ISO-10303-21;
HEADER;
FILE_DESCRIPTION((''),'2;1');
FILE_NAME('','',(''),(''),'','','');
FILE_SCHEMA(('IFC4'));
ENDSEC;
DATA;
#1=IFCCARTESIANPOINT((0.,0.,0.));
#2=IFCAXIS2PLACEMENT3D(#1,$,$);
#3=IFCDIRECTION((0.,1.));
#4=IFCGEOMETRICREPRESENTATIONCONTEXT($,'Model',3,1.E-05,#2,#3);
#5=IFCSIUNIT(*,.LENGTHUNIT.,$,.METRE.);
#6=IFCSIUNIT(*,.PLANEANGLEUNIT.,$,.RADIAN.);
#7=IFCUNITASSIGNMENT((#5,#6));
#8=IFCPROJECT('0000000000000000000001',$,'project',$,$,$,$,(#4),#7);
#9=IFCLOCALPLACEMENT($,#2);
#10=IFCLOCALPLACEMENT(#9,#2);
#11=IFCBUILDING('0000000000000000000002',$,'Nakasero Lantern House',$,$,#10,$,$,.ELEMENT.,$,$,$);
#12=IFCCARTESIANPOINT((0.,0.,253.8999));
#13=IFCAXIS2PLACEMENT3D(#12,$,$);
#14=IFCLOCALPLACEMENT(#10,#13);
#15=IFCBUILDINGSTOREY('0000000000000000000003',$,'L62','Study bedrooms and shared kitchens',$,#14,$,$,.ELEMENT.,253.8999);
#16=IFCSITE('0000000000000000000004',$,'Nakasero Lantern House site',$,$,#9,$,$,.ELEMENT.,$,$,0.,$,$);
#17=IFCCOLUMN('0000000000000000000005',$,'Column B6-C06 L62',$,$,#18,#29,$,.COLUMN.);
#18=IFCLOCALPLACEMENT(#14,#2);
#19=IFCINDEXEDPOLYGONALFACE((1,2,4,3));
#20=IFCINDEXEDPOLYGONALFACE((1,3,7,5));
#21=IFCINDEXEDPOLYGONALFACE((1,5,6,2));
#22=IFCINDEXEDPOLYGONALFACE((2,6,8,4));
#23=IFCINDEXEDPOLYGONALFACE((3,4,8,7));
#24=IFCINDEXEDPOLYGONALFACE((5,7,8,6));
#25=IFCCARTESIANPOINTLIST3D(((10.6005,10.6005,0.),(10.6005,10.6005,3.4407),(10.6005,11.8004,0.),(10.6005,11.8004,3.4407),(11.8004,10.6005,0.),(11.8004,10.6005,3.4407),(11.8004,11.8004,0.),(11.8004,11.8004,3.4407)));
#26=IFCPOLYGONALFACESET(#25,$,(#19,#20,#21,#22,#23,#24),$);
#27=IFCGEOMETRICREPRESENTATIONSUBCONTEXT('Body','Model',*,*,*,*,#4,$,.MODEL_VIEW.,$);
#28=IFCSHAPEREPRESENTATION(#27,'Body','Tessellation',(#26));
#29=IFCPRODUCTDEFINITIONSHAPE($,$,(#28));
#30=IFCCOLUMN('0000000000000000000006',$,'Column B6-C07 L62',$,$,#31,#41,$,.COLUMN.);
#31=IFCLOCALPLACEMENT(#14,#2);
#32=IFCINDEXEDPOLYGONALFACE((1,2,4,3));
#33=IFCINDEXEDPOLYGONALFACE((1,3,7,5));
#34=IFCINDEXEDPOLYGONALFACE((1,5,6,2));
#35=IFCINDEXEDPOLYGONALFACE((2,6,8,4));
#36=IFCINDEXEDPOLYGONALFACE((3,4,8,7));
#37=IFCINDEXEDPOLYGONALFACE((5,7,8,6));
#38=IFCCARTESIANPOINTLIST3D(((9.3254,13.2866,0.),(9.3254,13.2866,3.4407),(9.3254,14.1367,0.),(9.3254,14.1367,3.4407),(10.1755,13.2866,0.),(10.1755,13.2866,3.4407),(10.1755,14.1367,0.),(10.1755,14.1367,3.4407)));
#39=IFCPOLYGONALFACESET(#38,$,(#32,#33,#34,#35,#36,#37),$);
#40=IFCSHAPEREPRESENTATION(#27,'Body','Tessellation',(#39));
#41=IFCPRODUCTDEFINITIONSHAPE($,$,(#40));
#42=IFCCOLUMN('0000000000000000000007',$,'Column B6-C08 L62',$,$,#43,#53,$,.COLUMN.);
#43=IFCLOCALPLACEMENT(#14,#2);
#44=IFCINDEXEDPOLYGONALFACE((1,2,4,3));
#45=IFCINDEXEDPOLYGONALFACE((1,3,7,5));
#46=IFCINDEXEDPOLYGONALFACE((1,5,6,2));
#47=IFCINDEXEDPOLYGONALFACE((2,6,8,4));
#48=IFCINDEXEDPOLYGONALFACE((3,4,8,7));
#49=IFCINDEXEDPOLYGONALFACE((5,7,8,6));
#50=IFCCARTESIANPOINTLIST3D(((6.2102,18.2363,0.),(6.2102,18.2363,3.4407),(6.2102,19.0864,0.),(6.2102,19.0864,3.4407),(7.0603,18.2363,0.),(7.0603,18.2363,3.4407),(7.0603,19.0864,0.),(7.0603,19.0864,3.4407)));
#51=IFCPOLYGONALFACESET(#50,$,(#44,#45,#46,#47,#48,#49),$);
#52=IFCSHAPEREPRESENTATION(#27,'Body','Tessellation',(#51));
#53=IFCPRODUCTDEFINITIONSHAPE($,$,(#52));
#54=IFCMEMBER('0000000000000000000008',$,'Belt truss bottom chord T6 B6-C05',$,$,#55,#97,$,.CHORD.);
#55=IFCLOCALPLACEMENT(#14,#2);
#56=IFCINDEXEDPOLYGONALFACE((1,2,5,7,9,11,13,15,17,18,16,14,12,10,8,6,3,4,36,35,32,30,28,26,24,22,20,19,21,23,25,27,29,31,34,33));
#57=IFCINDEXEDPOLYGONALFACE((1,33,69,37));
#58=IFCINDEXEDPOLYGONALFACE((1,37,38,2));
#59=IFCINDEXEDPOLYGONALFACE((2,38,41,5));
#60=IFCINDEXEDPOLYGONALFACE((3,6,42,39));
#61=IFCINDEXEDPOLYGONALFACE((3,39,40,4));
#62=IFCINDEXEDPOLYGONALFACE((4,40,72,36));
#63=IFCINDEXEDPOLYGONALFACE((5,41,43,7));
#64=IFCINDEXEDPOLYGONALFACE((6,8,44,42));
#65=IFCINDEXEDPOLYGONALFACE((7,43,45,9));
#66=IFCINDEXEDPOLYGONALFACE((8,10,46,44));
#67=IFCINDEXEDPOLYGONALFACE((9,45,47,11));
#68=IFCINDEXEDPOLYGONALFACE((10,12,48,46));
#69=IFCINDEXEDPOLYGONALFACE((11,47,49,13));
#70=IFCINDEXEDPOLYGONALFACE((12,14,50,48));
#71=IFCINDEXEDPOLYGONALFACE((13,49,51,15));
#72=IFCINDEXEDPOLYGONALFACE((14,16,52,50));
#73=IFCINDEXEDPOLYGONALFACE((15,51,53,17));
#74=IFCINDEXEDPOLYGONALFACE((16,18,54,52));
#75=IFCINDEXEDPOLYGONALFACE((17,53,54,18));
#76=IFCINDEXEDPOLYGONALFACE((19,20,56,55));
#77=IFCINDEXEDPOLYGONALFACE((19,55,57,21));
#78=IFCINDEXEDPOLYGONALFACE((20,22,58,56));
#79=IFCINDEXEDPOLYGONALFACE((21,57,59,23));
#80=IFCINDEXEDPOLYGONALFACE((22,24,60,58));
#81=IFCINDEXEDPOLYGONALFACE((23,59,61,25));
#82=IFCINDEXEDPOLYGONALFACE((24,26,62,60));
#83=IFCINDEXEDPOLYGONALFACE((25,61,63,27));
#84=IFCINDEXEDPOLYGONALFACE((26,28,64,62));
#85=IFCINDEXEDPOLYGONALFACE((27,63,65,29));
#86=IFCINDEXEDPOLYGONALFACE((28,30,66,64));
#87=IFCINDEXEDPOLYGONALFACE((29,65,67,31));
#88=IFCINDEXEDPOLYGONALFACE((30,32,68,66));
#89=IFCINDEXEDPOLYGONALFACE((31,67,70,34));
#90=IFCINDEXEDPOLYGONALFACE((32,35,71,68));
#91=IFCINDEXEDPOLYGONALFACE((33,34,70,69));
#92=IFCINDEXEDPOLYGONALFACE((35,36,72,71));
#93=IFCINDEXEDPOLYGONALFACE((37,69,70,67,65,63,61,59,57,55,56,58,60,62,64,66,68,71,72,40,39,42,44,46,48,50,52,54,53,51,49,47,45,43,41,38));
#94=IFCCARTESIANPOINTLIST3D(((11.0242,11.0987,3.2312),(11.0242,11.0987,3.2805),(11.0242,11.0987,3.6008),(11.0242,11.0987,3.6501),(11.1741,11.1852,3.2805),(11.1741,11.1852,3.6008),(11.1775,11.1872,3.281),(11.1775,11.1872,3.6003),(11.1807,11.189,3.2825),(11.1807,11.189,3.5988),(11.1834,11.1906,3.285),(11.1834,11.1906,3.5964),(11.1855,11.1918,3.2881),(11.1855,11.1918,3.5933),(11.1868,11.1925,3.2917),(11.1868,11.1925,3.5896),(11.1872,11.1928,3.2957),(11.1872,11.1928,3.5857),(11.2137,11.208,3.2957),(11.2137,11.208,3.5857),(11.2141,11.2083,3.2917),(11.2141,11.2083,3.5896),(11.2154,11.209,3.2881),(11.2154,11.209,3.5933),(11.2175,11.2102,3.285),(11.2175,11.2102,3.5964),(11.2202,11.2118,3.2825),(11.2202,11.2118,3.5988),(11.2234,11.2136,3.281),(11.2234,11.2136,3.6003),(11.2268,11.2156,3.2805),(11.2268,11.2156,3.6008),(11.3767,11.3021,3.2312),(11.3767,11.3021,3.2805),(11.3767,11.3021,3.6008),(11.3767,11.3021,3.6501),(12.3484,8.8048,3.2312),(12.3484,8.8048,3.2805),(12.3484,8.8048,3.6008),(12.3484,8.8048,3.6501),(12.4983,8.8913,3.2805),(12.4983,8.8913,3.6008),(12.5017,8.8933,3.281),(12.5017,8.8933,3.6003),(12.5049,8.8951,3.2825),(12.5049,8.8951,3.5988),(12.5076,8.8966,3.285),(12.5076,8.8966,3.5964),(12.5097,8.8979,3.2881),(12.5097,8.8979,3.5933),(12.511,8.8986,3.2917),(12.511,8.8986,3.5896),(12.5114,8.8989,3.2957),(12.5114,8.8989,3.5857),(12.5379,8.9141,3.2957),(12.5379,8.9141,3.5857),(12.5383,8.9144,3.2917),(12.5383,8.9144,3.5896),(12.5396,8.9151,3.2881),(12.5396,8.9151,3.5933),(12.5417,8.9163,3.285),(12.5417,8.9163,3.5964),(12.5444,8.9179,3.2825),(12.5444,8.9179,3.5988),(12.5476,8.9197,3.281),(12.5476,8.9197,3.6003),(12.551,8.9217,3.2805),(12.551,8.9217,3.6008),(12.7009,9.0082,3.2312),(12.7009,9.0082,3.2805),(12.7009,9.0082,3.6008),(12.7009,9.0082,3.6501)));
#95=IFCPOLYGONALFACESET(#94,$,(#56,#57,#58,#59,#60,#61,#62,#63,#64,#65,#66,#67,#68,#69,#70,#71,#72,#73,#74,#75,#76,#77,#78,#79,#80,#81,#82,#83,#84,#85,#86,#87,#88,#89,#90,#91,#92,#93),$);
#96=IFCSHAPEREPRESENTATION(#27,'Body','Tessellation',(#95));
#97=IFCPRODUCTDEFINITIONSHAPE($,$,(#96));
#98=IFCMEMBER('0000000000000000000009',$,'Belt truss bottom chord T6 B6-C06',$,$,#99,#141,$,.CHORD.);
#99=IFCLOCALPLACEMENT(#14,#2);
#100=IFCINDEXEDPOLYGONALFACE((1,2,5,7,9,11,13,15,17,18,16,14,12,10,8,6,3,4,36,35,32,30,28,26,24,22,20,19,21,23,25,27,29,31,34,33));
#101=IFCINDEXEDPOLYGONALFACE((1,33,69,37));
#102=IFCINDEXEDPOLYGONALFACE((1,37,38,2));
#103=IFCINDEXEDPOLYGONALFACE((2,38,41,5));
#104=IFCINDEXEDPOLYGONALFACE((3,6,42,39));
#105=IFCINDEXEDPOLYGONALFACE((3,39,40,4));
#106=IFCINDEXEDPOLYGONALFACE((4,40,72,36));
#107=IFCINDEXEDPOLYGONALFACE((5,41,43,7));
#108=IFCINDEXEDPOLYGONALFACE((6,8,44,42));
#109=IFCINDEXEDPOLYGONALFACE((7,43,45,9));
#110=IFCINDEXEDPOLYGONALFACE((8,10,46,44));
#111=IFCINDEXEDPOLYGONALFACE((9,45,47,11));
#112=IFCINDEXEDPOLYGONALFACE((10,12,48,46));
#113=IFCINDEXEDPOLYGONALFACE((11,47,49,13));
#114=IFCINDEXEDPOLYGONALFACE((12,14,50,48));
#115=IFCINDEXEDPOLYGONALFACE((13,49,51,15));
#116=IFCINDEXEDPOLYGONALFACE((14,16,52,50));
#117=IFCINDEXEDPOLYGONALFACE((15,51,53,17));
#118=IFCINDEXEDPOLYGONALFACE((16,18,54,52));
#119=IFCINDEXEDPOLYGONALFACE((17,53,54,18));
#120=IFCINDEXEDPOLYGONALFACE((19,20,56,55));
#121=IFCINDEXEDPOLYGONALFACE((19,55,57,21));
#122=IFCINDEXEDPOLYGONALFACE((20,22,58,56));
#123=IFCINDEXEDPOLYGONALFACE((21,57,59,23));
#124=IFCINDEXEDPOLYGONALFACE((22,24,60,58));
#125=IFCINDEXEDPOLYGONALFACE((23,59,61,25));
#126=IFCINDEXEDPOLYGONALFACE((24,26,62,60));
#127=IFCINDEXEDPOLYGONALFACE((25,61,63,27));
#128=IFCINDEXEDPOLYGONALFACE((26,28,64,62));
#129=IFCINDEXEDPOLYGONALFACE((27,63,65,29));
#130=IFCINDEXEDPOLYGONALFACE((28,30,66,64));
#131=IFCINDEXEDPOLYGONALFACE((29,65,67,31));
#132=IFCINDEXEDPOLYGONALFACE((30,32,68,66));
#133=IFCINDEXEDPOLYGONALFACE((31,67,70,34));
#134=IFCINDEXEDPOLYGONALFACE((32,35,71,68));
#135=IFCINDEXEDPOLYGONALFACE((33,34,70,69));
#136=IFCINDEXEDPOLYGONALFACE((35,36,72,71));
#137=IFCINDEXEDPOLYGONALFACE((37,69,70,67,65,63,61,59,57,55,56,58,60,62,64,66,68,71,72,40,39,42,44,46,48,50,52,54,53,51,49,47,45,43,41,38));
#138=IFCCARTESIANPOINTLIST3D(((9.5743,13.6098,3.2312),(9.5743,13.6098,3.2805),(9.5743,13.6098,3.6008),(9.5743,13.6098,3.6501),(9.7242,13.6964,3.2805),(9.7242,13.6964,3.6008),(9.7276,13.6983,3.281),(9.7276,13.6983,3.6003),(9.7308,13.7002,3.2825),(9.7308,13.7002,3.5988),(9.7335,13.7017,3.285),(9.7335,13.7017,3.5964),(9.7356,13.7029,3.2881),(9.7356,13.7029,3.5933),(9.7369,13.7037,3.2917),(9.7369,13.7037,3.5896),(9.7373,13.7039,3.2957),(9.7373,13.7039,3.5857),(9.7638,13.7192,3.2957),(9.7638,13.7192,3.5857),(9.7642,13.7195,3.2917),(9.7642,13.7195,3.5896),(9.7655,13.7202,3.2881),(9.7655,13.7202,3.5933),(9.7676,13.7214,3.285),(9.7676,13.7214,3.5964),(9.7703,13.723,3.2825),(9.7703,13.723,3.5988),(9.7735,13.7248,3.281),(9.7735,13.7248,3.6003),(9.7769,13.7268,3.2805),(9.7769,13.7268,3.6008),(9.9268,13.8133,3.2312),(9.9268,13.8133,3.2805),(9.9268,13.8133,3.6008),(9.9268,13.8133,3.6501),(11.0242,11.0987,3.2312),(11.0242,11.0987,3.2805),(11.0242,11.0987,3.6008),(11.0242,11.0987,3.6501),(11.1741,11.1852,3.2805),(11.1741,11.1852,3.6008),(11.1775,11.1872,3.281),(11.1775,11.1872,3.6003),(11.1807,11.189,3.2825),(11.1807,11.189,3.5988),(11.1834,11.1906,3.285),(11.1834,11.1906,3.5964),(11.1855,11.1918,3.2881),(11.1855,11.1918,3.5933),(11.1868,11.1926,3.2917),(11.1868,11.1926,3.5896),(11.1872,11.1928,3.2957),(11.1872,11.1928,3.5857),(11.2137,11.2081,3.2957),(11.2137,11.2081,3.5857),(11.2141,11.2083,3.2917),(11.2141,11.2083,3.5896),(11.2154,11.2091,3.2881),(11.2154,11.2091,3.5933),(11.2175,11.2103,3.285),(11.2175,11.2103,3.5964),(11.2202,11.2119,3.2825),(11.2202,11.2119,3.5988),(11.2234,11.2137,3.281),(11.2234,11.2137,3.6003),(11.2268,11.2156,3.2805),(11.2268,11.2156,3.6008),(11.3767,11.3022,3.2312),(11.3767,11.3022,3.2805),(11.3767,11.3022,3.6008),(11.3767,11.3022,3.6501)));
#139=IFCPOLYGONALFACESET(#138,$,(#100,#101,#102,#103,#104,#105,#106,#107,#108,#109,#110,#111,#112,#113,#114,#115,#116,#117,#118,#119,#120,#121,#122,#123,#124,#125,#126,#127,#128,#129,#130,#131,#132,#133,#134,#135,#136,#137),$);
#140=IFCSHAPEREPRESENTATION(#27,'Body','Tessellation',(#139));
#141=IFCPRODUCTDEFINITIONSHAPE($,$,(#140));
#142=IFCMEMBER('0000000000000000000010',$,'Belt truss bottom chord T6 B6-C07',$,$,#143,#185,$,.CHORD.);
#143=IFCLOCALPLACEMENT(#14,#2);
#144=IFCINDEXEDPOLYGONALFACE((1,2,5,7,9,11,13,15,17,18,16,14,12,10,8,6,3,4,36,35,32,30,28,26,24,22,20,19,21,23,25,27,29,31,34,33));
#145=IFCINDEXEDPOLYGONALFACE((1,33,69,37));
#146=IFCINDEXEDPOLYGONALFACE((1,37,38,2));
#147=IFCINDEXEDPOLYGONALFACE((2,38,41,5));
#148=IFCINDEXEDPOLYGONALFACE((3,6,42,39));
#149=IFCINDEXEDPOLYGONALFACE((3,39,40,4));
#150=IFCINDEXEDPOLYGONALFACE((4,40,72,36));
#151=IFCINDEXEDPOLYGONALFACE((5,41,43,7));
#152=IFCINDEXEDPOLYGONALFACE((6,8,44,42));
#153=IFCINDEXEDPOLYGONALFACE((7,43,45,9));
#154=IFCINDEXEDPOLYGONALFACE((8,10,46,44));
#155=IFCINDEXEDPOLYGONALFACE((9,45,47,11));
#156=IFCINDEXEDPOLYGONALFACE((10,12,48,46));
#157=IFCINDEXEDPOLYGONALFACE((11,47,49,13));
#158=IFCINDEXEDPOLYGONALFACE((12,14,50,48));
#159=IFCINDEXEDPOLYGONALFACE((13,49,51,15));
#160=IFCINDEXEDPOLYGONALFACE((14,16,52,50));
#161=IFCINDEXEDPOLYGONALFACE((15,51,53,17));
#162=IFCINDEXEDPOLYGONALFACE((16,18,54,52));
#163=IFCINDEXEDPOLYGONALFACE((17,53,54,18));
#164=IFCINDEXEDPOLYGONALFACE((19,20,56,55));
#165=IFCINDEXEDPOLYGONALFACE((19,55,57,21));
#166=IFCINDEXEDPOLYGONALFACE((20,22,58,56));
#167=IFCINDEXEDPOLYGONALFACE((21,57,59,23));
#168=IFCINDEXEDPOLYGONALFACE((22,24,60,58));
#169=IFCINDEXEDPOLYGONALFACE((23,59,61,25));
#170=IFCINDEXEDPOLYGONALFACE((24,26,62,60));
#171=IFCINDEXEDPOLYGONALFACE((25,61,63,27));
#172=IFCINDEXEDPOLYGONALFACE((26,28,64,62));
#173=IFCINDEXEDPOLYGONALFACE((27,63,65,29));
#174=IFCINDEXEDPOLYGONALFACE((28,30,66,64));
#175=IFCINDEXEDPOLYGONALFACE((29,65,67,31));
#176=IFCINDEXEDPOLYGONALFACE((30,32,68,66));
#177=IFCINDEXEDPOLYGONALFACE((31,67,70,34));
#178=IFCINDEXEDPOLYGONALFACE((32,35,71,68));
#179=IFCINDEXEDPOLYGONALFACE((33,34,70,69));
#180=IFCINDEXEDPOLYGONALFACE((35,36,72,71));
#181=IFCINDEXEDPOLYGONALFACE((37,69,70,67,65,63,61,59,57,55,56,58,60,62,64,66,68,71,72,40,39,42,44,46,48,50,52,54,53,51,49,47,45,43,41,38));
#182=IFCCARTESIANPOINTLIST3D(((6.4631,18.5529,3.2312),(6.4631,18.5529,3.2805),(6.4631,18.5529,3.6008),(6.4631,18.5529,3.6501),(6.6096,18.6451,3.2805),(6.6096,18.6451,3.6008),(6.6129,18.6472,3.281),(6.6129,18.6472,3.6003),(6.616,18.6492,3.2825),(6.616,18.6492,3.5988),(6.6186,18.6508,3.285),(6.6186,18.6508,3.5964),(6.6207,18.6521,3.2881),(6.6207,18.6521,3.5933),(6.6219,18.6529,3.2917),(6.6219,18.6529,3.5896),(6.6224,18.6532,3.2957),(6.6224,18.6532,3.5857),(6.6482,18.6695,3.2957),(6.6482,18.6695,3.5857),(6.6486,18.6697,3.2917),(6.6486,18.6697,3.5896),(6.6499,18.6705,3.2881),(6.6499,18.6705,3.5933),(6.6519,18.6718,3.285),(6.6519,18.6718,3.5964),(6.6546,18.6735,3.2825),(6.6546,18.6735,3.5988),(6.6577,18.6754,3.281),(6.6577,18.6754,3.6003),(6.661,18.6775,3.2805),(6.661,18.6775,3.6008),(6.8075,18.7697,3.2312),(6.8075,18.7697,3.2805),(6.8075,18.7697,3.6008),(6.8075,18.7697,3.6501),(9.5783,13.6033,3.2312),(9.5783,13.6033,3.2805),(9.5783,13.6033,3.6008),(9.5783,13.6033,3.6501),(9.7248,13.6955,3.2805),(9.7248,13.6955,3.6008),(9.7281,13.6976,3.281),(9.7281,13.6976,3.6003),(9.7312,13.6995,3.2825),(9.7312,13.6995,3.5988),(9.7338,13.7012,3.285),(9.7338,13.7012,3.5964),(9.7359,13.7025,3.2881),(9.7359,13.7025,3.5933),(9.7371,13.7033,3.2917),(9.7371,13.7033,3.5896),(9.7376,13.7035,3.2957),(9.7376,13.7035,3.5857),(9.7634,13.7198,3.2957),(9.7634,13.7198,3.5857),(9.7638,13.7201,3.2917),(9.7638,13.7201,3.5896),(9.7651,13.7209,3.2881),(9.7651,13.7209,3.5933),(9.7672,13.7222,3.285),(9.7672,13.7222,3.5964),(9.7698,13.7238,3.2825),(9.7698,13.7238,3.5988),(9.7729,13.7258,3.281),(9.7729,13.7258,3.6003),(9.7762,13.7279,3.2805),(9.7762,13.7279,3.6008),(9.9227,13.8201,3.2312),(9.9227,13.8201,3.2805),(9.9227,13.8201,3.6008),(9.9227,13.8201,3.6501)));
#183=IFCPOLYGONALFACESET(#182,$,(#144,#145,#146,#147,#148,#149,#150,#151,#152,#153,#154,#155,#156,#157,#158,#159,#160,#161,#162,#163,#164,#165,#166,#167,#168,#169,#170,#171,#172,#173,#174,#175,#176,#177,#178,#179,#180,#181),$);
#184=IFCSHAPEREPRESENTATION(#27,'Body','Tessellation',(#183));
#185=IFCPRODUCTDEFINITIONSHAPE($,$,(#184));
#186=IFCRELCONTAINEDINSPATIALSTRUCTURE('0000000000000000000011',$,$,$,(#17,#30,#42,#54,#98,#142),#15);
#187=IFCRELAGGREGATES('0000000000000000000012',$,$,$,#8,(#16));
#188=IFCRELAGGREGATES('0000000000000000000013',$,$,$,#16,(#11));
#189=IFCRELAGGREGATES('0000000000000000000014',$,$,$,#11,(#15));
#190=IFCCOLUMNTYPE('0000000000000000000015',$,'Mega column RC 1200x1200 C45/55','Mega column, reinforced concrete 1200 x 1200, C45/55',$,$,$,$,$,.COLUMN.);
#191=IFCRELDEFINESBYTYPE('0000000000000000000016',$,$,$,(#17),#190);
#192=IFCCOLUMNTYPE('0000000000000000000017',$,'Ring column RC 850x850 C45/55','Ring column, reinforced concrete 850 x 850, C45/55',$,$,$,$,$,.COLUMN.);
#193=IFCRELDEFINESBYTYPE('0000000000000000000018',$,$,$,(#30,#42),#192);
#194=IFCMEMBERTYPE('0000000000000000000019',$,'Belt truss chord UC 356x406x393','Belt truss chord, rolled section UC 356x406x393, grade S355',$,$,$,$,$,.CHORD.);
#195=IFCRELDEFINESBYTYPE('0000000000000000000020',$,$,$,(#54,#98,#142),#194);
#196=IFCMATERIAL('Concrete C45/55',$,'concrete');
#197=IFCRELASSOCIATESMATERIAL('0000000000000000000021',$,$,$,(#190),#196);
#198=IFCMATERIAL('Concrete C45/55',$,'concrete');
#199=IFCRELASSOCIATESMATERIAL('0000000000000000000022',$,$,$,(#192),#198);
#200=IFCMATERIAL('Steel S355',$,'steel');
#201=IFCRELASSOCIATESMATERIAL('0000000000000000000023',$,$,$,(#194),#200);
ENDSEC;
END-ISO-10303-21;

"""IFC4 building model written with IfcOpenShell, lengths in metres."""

from ifc_helpers import new_model, si_unit, direction, frame, origin, origin_2d, place, context, subcontext, project, spatial, rectangle, i_section, extrude, material, material_profile, profile_set, type_object, element, save


model = new_model("IFC4")

# Units and contexts
model_context = context("Model", 3, precision=1e-05, world=origin(), true_north=direction((0.0, 1.0)))
body_context = subcontext(model_context, "Body", "Model", "MODEL_VIEW")
ifc_project = project(units=[si_unit("LENGTHUNIT", "METRE"), si_unit("PLANEANGLEUNIT", "RADIAN")], contexts=[model_context])

# Site, building, storey
site_placement = place(None, origin())
site = spatial("IfcSite", under=ifc_project, at=site_placement, Name="Nakasero Lantern House site", CompositionType="ELEMENT", RefElevation=0.0)
building_placement = place(site_placement, origin())
building = spatial("IfcBuilding", under=site, at=building_placement, Name="Nakasero Lantern House", CompositionType="ELEMENT")
storey_placement = place(building_placement, frame((0.0, 0.0, 253.8999)))
storey = spatial("IfcBuildingStorey", under=building, at=storey_placement, Name="L62", Description="Study bedrooms and shared kitchens", CompositionType="ELEMENT", Elevation=253.8999)

# Columns
ifc_material_1 = material(Name="Concrete C45/55", Category="concrete")
ifc_material_profile_1 = material_profile(ifc_material_1, rectangle(XDim=1.2, YDim=1.2, at=origin_2d()), Name="RC 1200x1200")
ifc_profile_set_1 = profile_set([ifc_material_profile_1], Name="Concrete C45/55")
column_type_1 = type_object("IfcColumnType", Name="Mega column RC 1200x1200 C45/55", Description="Mega column, reinforced concrete 1200 x 1200, C45/55", PredefinedType="COLUMN", material=ifc_profile_set_1)
column_placement = place(storey_placement, frame((11.2004, 11.2004, 0.0), z_axis=(0.0, 0.0, 1.0), x_axis=(1.0, 0.0, 0.0)))
element("IfcColumn", 1, at=column_placement, inside=storey, type_object=column_type_1, Name="Column B6-C06 L62", PredefinedType="COLUMN", context=body_context, shape_type="SweptSolid", body=[
    extrude(rectangle(XDim=1.2, YDim=1.2, at=origin_2d()), origin(), (0.0, 0.0, 1.0), 3.4407),
])
ifc_material_2 = material(Name="Concrete C45/55", Category="concrete")
ifc_material_profile_2 = material_profile(ifc_material_2, rectangle(XDim=0.8501, YDim=0.8501, at=origin_2d()), Name="RC 850x850")
ifc_profile_set_2 = profile_set([ifc_material_profile_2], Name="Concrete C45/55")
column_type_2 = type_object("IfcColumnType", Name="Ring column RC 850x850 C45/55", Description="Ring column, reinforced concrete 850 x 850, C45/55", PredefinedType="COLUMN", material=ifc_profile_set_2)
for number, where, z_axis, x_axis, name in (
    (2, (9.7505, 13.7117, 0.0), (0.0, 0.0, 1.0), (1.0, 0.0, 0.0), "Column B6-C07 L62"),
    (3, (6.6353, 18.6614, 0.0), (0.0, 0.0, 1.0), (1.0, 0.0, 0.0), "Column B6-C08 L62"),
):
    element("IfcColumn", number, at=place(storey_placement, frame(where, z_axis=z_axis, x_axis=x_axis)), inside=storey, type_object=column_type_2, Name=name, PredefinedType="COLUMN", context=body_context, shape_type="SweptSolid", body=[
        extrude(rectangle(XDim=0.8501, YDim=0.8501, at=origin_2d()), origin(), (0.0, 0.0, 1.0), 3.4407),
    ])

# Members
ifc_material_3 = material(Name="Steel S355", Category="steel")
ifc_material_profile_3 = material_profile(ifc_material_3, i_section(OverallWidth=0.407, OverallDepth=0.4189, WebThickness=0.0305, FlangeThickness=0.0493, FilletRadius=0.0151, at=origin_2d()), Name="UC 356x406x393")
ifc_profile_set_3 = profile_set([ifc_material_profile_3], Name="Steel S355")
member_type = type_object("IfcMemberType", Name="Belt truss chord UC 356x406x393", Description="Belt truss chord, rolled section UC 356x406x393, grade S355", PredefinedType="CHORD", material=ifc_profile_set_3)
member_1_placement = place(storey_placement, frame((12.5247, 8.9065, 3.4407), z_axis=(-0.499946, 0.866057, 0.0), x_axis=(-0.866057, -0.499946, 0.0)))
element("IfcMember", 4, at=member_1_placement, inside=storey, type_object=member_type, Name="Belt truss bottom chord T6 B6-C05", PredefinedType="CHORD", context=body_context, shape_type="SweptSolid", body=[
    extrude(i_section(OverallWidth=0.407, OverallDepth=0.4189, WebThickness=0.0305, FlangeThickness=0.0493, FilletRadius=0.0151, at=origin_2d()), origin(), (0.0, 0.0, 1.0), 2.6487),
])
member_2_placement = place(storey_placement, frame((11.2004, 11.2004, 3.4407), z_axis=(-0.500024, 0.866012, 0.0), x_axis=(-0.866012, -0.500024, 0.0)))
element("IfcMember", 5, at=member_2_placement, inside=storey, type_object=member_type, Name="Belt truss bottom chord T6 B6-C06", PredefinedType="CHORD", context=body_context, shape_type="SweptSolid", body=[
    extrude(i_section(OverallWidth=0.407, OverallDepth=0.4189, WebThickness=0.0305, FlangeThickness=0.0493, FilletRadius=0.0151, at=origin_2d()), origin(), (0.0, 0.0, 1.0), 2.8997),
])
member_3_placement = place(storey_placement, frame((9.7505, 13.7117, 3.4407), z_axis=(-0.53266, 0.846329, 0.0), x_axis=(-0.846329, -0.53266, 0.0)))
element("IfcMember", 6, at=member_3_placement, inside=storey, type_object=member_type, Name="Belt truss bottom chord T6 B6-C07", PredefinedType="CHORD", context=body_context, shape_type="SweptSolid", body=[
    extrude(i_section(OverallWidth=0.407, OverallDepth=0.4189, WebThickness=0.0305, FlangeThickness=0.0493, FilletRadius=0.0151, at=origin_2d()), origin(), (0.0, 0.0, 1.0), 5.8484),
])

save(model, "model.ifc")
